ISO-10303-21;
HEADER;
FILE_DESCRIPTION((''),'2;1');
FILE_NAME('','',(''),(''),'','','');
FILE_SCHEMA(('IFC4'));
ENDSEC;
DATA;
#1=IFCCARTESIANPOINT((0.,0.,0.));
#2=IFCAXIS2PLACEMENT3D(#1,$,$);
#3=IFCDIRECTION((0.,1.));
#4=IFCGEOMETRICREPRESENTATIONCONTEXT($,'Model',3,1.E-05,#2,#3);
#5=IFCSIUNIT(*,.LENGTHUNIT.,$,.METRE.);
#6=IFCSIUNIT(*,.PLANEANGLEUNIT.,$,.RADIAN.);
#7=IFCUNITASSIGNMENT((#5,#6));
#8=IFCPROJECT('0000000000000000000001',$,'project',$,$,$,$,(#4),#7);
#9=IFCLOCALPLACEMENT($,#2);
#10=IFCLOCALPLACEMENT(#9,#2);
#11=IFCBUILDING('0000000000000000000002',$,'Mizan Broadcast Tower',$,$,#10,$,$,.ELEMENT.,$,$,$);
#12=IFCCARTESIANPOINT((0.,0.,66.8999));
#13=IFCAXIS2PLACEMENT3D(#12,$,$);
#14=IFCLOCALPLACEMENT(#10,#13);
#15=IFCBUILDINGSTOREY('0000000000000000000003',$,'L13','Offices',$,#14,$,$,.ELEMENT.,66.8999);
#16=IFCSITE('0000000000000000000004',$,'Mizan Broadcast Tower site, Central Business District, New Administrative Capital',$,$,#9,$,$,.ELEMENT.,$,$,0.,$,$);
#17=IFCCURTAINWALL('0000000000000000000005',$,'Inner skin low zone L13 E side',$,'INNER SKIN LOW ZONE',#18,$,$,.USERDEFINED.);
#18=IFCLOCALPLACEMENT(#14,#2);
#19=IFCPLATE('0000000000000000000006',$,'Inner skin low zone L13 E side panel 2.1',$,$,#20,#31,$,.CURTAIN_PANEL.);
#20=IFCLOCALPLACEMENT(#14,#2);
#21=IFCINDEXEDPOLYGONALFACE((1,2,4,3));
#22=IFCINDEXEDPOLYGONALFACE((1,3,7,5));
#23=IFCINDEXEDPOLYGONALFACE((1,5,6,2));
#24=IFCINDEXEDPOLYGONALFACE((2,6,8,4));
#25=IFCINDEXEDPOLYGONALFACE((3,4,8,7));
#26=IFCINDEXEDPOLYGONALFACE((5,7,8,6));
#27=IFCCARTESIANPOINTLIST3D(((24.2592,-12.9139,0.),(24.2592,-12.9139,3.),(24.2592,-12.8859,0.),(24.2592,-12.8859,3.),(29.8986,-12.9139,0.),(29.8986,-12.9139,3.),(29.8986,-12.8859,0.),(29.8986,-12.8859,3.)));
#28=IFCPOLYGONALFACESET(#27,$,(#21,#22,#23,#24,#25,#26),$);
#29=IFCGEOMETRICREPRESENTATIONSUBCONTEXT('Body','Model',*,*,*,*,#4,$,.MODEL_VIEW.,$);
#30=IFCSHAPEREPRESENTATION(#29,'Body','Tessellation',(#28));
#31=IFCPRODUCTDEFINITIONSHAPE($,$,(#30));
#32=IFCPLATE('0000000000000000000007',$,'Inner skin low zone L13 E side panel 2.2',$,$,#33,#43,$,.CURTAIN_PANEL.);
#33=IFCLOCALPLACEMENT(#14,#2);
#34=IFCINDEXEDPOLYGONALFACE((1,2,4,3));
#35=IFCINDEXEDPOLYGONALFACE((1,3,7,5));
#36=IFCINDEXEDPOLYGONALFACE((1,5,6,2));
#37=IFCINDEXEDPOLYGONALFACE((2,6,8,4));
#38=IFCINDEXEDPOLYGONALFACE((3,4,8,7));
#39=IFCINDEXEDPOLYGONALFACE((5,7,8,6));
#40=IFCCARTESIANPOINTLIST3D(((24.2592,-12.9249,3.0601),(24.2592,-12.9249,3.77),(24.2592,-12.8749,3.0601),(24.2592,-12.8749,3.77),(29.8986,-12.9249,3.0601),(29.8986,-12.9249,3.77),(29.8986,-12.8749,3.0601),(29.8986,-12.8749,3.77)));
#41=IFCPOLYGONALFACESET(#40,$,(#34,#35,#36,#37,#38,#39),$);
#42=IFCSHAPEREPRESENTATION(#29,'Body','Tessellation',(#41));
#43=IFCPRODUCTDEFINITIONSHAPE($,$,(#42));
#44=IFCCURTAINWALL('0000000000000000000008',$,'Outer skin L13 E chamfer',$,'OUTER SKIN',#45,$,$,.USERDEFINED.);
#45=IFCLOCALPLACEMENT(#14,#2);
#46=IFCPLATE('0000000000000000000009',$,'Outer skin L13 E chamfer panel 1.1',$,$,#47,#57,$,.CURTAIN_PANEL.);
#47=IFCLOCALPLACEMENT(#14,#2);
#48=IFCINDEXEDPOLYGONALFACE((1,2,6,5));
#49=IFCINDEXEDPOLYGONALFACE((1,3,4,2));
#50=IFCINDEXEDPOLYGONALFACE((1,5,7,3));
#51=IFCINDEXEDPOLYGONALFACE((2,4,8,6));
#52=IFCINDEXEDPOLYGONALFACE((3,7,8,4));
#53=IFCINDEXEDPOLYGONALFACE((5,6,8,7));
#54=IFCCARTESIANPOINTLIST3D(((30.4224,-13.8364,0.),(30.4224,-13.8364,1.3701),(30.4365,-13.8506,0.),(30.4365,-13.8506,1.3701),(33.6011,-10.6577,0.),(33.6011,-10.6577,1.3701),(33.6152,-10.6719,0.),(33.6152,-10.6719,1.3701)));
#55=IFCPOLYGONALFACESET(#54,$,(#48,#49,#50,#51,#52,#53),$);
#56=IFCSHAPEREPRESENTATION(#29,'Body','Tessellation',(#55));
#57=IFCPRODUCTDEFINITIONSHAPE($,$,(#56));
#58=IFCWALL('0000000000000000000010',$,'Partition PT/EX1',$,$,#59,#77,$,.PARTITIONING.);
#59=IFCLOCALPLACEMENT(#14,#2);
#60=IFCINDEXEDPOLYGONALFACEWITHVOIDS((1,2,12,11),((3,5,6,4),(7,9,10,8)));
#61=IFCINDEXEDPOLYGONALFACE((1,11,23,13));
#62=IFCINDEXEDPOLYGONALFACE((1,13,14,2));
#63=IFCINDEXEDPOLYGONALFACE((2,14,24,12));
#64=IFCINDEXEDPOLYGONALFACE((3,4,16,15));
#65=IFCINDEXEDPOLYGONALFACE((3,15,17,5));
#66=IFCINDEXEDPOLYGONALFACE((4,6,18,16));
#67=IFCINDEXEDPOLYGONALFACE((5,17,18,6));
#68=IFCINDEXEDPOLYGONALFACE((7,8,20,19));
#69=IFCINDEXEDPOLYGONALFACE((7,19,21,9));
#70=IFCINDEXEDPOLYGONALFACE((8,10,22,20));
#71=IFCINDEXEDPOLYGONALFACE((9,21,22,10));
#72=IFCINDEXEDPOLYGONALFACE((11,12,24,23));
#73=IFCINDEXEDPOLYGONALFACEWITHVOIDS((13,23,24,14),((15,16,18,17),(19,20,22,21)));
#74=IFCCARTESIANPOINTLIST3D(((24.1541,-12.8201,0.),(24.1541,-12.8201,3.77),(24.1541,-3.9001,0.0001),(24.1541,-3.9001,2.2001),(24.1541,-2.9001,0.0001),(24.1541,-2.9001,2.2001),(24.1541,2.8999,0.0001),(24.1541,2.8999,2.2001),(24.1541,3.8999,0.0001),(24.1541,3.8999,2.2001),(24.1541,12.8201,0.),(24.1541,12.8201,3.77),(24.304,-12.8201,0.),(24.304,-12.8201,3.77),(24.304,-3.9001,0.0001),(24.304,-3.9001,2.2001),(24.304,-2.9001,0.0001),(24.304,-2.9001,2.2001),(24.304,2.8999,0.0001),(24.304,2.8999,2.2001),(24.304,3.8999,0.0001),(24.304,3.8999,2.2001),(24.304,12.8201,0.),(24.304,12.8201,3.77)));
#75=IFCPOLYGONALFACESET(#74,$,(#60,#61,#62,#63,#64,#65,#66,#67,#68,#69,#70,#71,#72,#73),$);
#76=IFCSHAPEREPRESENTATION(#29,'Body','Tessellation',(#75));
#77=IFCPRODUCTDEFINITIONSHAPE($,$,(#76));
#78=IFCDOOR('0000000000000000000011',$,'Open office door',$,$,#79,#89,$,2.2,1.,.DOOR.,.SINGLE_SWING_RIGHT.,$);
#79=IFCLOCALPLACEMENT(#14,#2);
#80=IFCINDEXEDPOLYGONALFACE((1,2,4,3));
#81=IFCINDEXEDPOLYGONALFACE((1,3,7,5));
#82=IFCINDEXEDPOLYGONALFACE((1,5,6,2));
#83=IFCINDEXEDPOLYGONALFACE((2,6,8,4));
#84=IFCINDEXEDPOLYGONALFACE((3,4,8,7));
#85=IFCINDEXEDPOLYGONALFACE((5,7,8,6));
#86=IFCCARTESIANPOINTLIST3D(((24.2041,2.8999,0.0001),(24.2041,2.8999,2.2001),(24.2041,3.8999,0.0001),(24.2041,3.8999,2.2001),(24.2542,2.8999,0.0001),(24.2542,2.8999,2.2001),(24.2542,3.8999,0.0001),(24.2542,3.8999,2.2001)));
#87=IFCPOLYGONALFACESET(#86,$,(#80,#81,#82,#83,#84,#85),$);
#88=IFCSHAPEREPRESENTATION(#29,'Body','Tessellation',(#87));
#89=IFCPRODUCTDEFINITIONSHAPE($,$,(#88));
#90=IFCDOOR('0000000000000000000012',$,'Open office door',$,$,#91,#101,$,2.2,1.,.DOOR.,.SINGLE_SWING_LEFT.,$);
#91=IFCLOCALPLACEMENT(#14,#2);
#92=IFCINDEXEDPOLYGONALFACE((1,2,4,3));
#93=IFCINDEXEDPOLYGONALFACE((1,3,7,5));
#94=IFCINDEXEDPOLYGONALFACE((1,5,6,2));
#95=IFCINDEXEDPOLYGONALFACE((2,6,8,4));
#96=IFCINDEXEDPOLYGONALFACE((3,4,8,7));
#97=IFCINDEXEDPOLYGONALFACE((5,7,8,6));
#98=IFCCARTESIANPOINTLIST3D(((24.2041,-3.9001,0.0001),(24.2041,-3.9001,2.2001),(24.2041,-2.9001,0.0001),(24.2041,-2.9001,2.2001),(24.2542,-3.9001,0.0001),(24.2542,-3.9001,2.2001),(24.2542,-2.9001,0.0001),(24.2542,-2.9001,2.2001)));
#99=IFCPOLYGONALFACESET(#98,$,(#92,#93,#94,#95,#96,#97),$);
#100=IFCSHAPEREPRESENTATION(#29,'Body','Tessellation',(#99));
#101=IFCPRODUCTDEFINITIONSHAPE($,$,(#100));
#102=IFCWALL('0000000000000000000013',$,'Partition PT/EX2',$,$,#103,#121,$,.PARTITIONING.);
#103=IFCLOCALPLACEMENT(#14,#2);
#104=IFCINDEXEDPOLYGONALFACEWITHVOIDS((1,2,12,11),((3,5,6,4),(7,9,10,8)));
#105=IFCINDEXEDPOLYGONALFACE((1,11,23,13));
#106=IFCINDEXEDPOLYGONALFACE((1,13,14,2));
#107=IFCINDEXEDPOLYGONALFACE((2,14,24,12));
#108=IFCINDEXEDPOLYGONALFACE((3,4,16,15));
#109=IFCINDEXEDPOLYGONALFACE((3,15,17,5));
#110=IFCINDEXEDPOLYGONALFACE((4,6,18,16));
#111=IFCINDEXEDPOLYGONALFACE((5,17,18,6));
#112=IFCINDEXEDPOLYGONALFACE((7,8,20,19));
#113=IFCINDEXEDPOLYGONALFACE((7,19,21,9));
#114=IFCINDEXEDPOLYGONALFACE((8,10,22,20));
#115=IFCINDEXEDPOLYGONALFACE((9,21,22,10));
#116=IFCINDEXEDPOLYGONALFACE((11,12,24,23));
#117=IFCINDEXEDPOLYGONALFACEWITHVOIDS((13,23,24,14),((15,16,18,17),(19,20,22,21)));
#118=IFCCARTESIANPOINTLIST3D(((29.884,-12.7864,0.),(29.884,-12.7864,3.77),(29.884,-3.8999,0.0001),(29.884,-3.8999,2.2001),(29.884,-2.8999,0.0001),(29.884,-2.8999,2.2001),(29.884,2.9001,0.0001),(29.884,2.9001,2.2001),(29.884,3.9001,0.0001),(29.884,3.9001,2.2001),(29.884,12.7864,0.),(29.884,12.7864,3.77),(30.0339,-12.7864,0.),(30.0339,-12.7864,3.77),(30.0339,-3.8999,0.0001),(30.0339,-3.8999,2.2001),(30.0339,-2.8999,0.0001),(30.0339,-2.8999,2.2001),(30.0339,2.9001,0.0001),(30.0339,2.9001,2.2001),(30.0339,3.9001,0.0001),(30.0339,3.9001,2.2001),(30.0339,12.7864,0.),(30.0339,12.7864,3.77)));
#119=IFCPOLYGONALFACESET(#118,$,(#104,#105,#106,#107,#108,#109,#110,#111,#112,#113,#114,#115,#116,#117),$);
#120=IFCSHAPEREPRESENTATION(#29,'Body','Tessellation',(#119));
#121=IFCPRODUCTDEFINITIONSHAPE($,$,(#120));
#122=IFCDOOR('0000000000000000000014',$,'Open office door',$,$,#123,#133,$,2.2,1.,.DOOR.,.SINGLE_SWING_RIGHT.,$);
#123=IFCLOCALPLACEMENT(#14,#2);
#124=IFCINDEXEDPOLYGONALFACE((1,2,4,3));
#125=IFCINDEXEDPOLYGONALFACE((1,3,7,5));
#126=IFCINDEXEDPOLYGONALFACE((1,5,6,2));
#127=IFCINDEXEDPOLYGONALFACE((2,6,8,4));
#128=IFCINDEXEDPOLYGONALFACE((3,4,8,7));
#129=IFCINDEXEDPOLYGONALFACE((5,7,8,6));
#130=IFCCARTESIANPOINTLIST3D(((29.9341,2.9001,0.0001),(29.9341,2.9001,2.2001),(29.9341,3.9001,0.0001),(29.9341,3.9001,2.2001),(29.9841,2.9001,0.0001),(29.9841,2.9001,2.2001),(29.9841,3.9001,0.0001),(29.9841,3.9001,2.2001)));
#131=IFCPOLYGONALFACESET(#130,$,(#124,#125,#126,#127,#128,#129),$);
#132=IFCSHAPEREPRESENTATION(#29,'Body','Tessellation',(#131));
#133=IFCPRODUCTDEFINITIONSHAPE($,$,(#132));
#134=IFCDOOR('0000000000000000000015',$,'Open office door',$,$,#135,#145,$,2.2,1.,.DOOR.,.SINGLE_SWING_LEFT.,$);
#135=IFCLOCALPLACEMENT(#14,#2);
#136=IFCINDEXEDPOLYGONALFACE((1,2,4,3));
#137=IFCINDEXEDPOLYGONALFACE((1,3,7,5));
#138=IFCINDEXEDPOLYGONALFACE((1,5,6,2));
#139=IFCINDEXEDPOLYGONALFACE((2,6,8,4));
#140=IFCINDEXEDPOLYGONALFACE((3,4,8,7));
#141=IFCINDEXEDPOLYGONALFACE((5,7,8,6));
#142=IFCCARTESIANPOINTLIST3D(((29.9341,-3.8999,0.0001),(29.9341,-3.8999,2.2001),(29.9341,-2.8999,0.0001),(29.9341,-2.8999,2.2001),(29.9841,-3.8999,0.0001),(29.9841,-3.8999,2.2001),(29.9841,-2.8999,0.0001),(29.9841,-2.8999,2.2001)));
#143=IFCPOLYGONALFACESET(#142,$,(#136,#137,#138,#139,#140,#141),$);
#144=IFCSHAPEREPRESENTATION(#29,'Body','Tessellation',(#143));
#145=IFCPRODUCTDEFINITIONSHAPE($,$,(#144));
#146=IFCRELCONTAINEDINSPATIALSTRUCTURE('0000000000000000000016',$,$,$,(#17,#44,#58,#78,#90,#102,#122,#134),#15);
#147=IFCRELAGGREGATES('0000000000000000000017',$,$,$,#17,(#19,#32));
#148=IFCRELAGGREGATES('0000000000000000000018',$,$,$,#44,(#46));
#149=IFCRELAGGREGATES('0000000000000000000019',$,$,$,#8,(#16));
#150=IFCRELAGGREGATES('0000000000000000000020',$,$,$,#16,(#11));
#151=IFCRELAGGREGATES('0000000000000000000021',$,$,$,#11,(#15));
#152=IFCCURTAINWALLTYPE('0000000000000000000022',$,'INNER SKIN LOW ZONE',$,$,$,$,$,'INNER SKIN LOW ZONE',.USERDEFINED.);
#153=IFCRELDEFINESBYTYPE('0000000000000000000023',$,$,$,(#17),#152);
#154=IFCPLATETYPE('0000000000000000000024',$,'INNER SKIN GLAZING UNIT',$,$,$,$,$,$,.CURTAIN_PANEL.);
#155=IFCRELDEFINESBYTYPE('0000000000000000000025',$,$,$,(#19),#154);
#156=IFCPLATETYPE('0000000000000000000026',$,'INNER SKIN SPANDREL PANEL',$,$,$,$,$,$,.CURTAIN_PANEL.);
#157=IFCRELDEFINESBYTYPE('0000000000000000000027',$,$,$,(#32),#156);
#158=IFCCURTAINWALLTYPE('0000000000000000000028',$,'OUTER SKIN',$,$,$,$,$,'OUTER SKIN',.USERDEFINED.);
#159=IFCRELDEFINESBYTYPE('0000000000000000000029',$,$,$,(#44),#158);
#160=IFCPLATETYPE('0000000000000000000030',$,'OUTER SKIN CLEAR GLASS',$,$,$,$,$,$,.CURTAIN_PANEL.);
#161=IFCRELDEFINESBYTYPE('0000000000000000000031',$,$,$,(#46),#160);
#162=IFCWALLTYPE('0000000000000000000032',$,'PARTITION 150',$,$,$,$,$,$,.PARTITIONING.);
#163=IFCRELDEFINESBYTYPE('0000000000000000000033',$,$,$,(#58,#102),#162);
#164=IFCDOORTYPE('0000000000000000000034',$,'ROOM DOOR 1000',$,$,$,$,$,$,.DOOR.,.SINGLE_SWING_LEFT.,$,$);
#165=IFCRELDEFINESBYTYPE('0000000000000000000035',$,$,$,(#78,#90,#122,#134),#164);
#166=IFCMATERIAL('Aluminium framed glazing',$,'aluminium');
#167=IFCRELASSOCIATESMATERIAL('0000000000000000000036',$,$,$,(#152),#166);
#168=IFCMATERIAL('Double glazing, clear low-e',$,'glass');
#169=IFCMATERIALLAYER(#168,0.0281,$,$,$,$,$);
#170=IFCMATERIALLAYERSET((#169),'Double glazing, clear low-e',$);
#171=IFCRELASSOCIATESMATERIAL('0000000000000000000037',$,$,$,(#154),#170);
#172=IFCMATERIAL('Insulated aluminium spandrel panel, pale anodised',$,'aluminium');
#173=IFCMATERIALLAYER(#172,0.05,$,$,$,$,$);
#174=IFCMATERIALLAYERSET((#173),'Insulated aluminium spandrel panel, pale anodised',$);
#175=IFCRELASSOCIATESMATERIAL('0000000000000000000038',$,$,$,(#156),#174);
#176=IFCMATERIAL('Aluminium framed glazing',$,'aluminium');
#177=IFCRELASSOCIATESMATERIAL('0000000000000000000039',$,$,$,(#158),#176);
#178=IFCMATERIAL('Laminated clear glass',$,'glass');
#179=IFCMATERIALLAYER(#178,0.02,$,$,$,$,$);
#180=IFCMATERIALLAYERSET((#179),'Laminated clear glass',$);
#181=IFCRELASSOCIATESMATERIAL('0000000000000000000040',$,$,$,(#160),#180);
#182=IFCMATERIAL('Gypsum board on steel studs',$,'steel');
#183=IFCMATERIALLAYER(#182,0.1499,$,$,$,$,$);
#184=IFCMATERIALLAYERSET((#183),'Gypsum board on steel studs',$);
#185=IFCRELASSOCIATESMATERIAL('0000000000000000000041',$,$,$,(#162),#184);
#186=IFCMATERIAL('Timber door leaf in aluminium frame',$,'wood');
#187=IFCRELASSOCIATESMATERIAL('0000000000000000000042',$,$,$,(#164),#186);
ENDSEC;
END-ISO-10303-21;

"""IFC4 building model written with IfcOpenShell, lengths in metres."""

from ifc_helpers import new_model, si_unit, direction, frame, frame_2d, origin, origin_2d, place, context, subcontext, project, spatial, rectangle, extrude, material, layer, layer_set, type_object, element, fill, aggregate, save


model = new_model("IFC4")

# Units and contexts
model_context = context("Model", 3, precision=1e-05, world=origin(), true_north=direction((0.0, 1.0)))
body_context = subcontext(model_context, "Body", "Model", "MODEL_VIEW")
ifc_project = project(units=[si_unit("LENGTHUNIT", "METRE"), si_unit("PLANEANGLEUNIT", "RADIAN")], contexts=[model_context])

# Site, building, storey
site_placement = place(None, origin())
site = spatial("IfcSite", under=ifc_project, at=site_placement, Name="Mizan Broadcast Tower site, Central Business District, New Administrative Capital", CompositionType="ELEMENT", RefElevation=0.0)
building_placement = place(site_placement, origin())
building = spatial("IfcBuilding", under=site, at=building_placement, Name="Mizan Broadcast Tower", CompositionType="ELEMENT")
storey_placement = place(building_placement, frame((0.0, 0.0, 66.8999)))
storey = spatial("IfcBuildingStorey", under=building, at=storey_placement, Name="L13", Description="Offices", CompositionType="ELEMENT", Elevation=66.8999)

# Curtain wall
ifc_material_1 = material(Name="Aluminium framed glazing", Category="aluminium")
curtain_wall_type_1 = type_object("IfcCurtainWallType", Name="INNER SKIN LOW ZONE", ElementType="INNER SKIN LOW ZONE", PredefinedType="USERDEFINED", material=ifc_material_1)
curtain_wall_1_placement = place(storey_placement, origin())
curtain_wall_1 = element("IfcCurtainWall", 1, at=curtain_wall_1_placement, inside=storey, type_object=curtain_wall_type_1, Name="Inner skin low zone L13 E side", ObjectType="INNER SKIN LOW ZONE", PredefinedType="USERDEFINED")

# Plates
ifc_material_2 = material(Name="Double glazing, clear low-e", Category="glass")
ifc_layer_1 = layer(ifc_material_2, 0.0281)
ifc_layer_set_1 = layer_set([ifc_layer_1], Name="Double glazing, clear low-e")
plate_type_1 = type_object("IfcPlateType", Name="INNER SKIN GLAZING UNIT", PredefinedType="CURTAIN_PANEL", material=ifc_layer_set_1)
plate_1_placement = place(storey_placement, frame((27.0789, -12.8999, 0.0), z_axis=(0.0, 0.0, 1.0), x_axis=(1.0, 0.0, 0.0)))
plate_1 = element("IfcPlate", 2, at=plate_1_placement, type_object=plate_type_1, Name="Inner skin low zone L13 E side panel 2.1", PredefinedType="CURTAIN_PANEL", context=body_context, shape_type="SweptSolid", body=[
    extrude(rectangle(XDim=5.6394, YDim=0.0281, at=origin_2d()), origin(), (0.0, 0.0, 1.0), 3.0),
])
ifc_material_3 = material(Name="Insulated aluminium spandrel panel, pale anodised", Category="aluminium")
ifc_layer_2 = layer(ifc_material_3, 0.05)
ifc_layer_set_2 = layer_set([ifc_layer_2], Name="Insulated aluminium spandrel panel, pale anodised")
plate_type_2 = type_object("IfcPlateType", Name="INNER SKIN SPANDREL PANEL", PredefinedType="CURTAIN_PANEL", material=ifc_layer_set_2)
plate_2_placement = place(storey_placement, frame((27.0789, -12.8999, 3.0601), z_axis=(0.0, 0.0, 1.0), x_axis=(1.0, 0.0, 0.0)))
plate_2 = element("IfcPlate", 3, at=plate_2_placement, type_object=plate_type_2, Name="Inner skin low zone L13 E side panel 2.2", PredefinedType="CURTAIN_PANEL", context=body_context, shape_type="SweptSolid", body=[
    extrude(rectangle(XDim=5.6394, YDim=0.05, at=origin_2d()), origin(), (0.0, 0.0, 1.0), 0.71),
])
aggregate(curtain_wall_1, [plate_1, plate_2])

# Curtain wall, plate
ifc_material_4 = material(Name="Aluminium framed glazing", Category="aluminium")
curtain_wall_type_2 = type_object("IfcCurtainWallType", Name="OUTER SKIN", ElementType="OUTER SKIN", PredefinedType="USERDEFINED", material=ifc_material_4)
curtain_wall_2_placement = place(storey_placement, origin())
curtain_wall_2 = element("IfcCurtainWall", 4, at=curtain_wall_2_placement, inside=storey, type_object=curtain_wall_type_2, Name="Outer skin L13 E chamfer", ObjectType="OUTER SKIN", PredefinedType="USERDEFINED")
ifc_material_5 = material(Name="Laminated clear glass", Category="glass")
ifc_layer_3 = layer(ifc_material_5, 0.02)
ifc_layer_set_3 = layer_set([ifc_layer_3], Name="Laminated clear glass")
plate_type_3 = type_object("IfcPlateType", Name="OUTER SKIN CLEAR GLASS", PredefinedType="CURTAIN_PANEL", material=ifc_layer_set_3)
plate_3_placement = place(storey_placement, frame((32.0188, -12.2542, 0.0), z_axis=(0.0, 0.0, 1.0), x_axis=(0.707107, 0.707107, 0.0)))
plate_3 = element("IfcPlate", 5, at=plate_3_placement, type_object=plate_type_3, Name="Outer skin L13 E chamfer panel 1.1", PredefinedType="CURTAIN_PANEL", context=body_context, shape_type="SweptSolid", body=[
    extrude(rectangle(XDim=4.4954, YDim=0.02, at=origin_2d()), origin(), (0.0, 0.0, 1.0), 1.3701),
])
aggregate(curtain_wall_2, [plate_3])

# Walls, openings, doors
ifc_material_6 = material(Name="Gypsum board on steel studs", Category="steel")
ifc_layer_4 = layer(ifc_material_6, 0.1499)
ifc_layer_set_4 = layer_set([ifc_layer_4], Name="Gypsum board on steel studs")
wall_type = type_object("IfcWallType", Name="PARTITION 150", PredefinedType="PARTITIONING", material=ifc_layer_set_4)
wall_1_placement = place(storey_placement, frame((24.229, -12.8201, 0.0), z_axis=(0.0, 0.0, 1.0), x_axis=(0.0, 1.0, 0.0)))
wall_1 = element("IfcWall", 6, at=wall_1_placement, inside=storey, type_object=wall_type, Name="Partition PT/EX1", PredefinedType="PARTITIONING", context=body_context, shape_type="SweptSolid", body=[
    extrude(rectangle(XDim=25.6401, YDim=0.1499, at=frame_2d((12.8201, 0.0))), origin(), (0.0, 0.0, 1.0), 3.77),
])
opening_1_placement = place(wall_1_placement, frame((15.72, 0.0, 0.0)))
opening_1 = element("IfcOpeningElement", 7, at=opening_1_placement, cuts=wall_1, PredefinedType="OPENING", context=body_context, shape_type="SweptSolid", body=[
    extrude(rectangle(XDim=1.0, YDim=2.2, at=frame_2d((0.5, 1.1001))), frame((0.0, 0.085, 0.0), z_axis=(0.0, -1.0, 0.0), x_axis=(1.0, 0.0, 0.0)), (0.0, 0.0, 1.0), 0.1699),
])
opening_2_placement = place(wall_1_placement, frame((8.9199, 0.0, 0.0)))
opening_2 = element("IfcOpeningElement", 8, at=opening_2_placement, cuts=wall_1, PredefinedType="OPENING", context=body_context, shape_type="SweptSolid", body=[
    extrude(rectangle(XDim=1.0, YDim=2.2, at=frame_2d((0.5, 1.1001))), frame((0.0, 0.085, 0.0), z_axis=(0.0, -1.0, 0.0), x_axis=(1.0, 0.0, 0.0)), (0.0, 0.0, 1.0), 0.1699),
])
ifc_material_7 = material(Name="Timber door leaf in aluminium frame", Category="wood")
door_type = type_object("IfcDoorType", Name="ROOM DOOR 1000", OperationType="SINGLE_SWING_LEFT", PredefinedType="DOOR", material=ifc_material_7)
door_1_placement = place(opening_1_placement, origin())
door_1 = element("IfcDoor", 9, at=door_1_placement, inside=storey, type_object=door_type, Name="Open office door", OperationType="SINGLE_SWING_RIGHT", OverallHeight=2.2, OverallWidth=1.0, PredefinedType="DOOR", context=body_context, shape_type="SweptSolid", body=[
    extrude(rectangle(XDim=1.0, YDim=2.2, at=frame_2d((0.5, 1.1001))), frame((0.0, 0.0249, 0.0), z_axis=(0.0, -1.0, 0.0), x_axis=(1.0, 0.0, 0.0)), (0.0, 0.0, 1.0), 0.05),
])
fill(opening_1, door_1)
door_2_placement = place(opening_2_placement, origin())
door_2 = element("IfcDoor", 10, at=door_2_placement, inside=storey, type_object=door_type, Name="Open office door", OperationType="SINGLE_SWING_LEFT", OverallHeight=2.2, OverallWidth=1.0, PredefinedType="DOOR", context=body_context, shape_type="SweptSolid", body=[
    extrude(rectangle(XDim=1.0, YDim=2.2, at=frame_2d((0.5, 1.1001))), frame((0.0, 0.0249, 0.0), z_axis=(0.0, -1.0, 0.0), x_axis=(1.0, 0.0, 0.0)), (0.0, 0.0, 1.0), 0.05),
])
fill(opening_2, door_2)
wall_2_placement = place(storey_placement, frame((29.959, -12.7864, 0.0), z_axis=(0.0, 0.0, 1.0), x_axis=(0.0, 1.0, 0.0)))
wall_2 = element("IfcWall", 11, at=wall_2_placement, inside=storey, type_object=wall_type, Name="Partition PT/EX2", PredefinedType="PARTITIONING", context=body_context, shape_type="SweptSolid", body=[
    extrude(rectangle(XDim=25.5728, YDim=0.1499, at=frame_2d((12.7864, 0.0))), origin(), (0.0, 0.0, 1.0), 3.77),
])
opening_3_placement = place(wall_2_placement, frame((15.6865, 0.0, 0.0)))
opening_3 = element("IfcOpeningElement", 12, at=opening_3_placement, cuts=wall_2, PredefinedType="OPENING", context=body_context, shape_type="SweptSolid", body=[
    extrude(rectangle(XDim=1.0, YDim=2.2, at=frame_2d((0.5, 1.1001))), frame((0.0, 0.085, 0.0), z_axis=(0.0, -1.0, 0.0), x_axis=(1.0, 0.0, 0.0)), (0.0, 0.0, 1.0), 0.1699),
])
opening_4_placement = place(wall_2_placement, frame((8.8865, 0.0, 0.0)))
opening_4 = element("IfcOpeningElement", 13, at=opening_4_placement, cuts=wall_2, PredefinedType="OPENING", context=body_context, shape_type="SweptSolid", body=[
    extrude(rectangle(XDim=1.0, YDim=2.2, at=frame_2d((0.5, 1.1001))), frame((0.0, 0.085, 0.0), z_axis=(0.0, -1.0, 0.0), x_axis=(1.0, 0.0, 0.0)), (0.0, 0.0, 1.0), 0.1699),
])
door_3_placement = place(opening_3_placement, origin())
door_3 = element("IfcDoor", 14, at=door_3_placement, inside=storey, type_object=door_type, Name="Open office door", OperationType="SINGLE_SWING_RIGHT", OverallHeight=2.2, OverallWidth=1.0, PredefinedType="DOOR", context=body_context, shape_type="SweptSolid", body=[
    extrude(rectangle(XDim=1.0, YDim=2.2, at=frame_2d((0.5, 1.1001))), frame((0.0, 0.0249, 0.0), z_axis=(0.0, -1.0, 0.0), x_axis=(1.0, 0.0, 0.0)), (0.0, 0.0, 1.0), 0.05),
])
fill(opening_3, door_3)
door_4_placement = place(opening_4_placement, origin())
door_4 = element("IfcDoor", 15, at=door_4_placement, inside=storey, type_object=door_type, Name="Open office door", OperationType="SINGLE_SWING_LEFT", OverallHeight=2.2, OverallWidth=1.0, PredefinedType="DOOR", context=body_context, shape_type="SweptSolid", body=[
    extrude(rectangle(XDim=1.0, YDim=2.2, at=frame_2d((0.5, 1.1001))), frame((0.0, 0.0249, 0.0), z_axis=(0.0, -1.0, 0.0), x_axis=(1.0, 0.0, 0.0)), (0.0, 0.0, 1.0), 0.05),
])
fill(opening_4, door_4)

save(model, "model.ifc")
